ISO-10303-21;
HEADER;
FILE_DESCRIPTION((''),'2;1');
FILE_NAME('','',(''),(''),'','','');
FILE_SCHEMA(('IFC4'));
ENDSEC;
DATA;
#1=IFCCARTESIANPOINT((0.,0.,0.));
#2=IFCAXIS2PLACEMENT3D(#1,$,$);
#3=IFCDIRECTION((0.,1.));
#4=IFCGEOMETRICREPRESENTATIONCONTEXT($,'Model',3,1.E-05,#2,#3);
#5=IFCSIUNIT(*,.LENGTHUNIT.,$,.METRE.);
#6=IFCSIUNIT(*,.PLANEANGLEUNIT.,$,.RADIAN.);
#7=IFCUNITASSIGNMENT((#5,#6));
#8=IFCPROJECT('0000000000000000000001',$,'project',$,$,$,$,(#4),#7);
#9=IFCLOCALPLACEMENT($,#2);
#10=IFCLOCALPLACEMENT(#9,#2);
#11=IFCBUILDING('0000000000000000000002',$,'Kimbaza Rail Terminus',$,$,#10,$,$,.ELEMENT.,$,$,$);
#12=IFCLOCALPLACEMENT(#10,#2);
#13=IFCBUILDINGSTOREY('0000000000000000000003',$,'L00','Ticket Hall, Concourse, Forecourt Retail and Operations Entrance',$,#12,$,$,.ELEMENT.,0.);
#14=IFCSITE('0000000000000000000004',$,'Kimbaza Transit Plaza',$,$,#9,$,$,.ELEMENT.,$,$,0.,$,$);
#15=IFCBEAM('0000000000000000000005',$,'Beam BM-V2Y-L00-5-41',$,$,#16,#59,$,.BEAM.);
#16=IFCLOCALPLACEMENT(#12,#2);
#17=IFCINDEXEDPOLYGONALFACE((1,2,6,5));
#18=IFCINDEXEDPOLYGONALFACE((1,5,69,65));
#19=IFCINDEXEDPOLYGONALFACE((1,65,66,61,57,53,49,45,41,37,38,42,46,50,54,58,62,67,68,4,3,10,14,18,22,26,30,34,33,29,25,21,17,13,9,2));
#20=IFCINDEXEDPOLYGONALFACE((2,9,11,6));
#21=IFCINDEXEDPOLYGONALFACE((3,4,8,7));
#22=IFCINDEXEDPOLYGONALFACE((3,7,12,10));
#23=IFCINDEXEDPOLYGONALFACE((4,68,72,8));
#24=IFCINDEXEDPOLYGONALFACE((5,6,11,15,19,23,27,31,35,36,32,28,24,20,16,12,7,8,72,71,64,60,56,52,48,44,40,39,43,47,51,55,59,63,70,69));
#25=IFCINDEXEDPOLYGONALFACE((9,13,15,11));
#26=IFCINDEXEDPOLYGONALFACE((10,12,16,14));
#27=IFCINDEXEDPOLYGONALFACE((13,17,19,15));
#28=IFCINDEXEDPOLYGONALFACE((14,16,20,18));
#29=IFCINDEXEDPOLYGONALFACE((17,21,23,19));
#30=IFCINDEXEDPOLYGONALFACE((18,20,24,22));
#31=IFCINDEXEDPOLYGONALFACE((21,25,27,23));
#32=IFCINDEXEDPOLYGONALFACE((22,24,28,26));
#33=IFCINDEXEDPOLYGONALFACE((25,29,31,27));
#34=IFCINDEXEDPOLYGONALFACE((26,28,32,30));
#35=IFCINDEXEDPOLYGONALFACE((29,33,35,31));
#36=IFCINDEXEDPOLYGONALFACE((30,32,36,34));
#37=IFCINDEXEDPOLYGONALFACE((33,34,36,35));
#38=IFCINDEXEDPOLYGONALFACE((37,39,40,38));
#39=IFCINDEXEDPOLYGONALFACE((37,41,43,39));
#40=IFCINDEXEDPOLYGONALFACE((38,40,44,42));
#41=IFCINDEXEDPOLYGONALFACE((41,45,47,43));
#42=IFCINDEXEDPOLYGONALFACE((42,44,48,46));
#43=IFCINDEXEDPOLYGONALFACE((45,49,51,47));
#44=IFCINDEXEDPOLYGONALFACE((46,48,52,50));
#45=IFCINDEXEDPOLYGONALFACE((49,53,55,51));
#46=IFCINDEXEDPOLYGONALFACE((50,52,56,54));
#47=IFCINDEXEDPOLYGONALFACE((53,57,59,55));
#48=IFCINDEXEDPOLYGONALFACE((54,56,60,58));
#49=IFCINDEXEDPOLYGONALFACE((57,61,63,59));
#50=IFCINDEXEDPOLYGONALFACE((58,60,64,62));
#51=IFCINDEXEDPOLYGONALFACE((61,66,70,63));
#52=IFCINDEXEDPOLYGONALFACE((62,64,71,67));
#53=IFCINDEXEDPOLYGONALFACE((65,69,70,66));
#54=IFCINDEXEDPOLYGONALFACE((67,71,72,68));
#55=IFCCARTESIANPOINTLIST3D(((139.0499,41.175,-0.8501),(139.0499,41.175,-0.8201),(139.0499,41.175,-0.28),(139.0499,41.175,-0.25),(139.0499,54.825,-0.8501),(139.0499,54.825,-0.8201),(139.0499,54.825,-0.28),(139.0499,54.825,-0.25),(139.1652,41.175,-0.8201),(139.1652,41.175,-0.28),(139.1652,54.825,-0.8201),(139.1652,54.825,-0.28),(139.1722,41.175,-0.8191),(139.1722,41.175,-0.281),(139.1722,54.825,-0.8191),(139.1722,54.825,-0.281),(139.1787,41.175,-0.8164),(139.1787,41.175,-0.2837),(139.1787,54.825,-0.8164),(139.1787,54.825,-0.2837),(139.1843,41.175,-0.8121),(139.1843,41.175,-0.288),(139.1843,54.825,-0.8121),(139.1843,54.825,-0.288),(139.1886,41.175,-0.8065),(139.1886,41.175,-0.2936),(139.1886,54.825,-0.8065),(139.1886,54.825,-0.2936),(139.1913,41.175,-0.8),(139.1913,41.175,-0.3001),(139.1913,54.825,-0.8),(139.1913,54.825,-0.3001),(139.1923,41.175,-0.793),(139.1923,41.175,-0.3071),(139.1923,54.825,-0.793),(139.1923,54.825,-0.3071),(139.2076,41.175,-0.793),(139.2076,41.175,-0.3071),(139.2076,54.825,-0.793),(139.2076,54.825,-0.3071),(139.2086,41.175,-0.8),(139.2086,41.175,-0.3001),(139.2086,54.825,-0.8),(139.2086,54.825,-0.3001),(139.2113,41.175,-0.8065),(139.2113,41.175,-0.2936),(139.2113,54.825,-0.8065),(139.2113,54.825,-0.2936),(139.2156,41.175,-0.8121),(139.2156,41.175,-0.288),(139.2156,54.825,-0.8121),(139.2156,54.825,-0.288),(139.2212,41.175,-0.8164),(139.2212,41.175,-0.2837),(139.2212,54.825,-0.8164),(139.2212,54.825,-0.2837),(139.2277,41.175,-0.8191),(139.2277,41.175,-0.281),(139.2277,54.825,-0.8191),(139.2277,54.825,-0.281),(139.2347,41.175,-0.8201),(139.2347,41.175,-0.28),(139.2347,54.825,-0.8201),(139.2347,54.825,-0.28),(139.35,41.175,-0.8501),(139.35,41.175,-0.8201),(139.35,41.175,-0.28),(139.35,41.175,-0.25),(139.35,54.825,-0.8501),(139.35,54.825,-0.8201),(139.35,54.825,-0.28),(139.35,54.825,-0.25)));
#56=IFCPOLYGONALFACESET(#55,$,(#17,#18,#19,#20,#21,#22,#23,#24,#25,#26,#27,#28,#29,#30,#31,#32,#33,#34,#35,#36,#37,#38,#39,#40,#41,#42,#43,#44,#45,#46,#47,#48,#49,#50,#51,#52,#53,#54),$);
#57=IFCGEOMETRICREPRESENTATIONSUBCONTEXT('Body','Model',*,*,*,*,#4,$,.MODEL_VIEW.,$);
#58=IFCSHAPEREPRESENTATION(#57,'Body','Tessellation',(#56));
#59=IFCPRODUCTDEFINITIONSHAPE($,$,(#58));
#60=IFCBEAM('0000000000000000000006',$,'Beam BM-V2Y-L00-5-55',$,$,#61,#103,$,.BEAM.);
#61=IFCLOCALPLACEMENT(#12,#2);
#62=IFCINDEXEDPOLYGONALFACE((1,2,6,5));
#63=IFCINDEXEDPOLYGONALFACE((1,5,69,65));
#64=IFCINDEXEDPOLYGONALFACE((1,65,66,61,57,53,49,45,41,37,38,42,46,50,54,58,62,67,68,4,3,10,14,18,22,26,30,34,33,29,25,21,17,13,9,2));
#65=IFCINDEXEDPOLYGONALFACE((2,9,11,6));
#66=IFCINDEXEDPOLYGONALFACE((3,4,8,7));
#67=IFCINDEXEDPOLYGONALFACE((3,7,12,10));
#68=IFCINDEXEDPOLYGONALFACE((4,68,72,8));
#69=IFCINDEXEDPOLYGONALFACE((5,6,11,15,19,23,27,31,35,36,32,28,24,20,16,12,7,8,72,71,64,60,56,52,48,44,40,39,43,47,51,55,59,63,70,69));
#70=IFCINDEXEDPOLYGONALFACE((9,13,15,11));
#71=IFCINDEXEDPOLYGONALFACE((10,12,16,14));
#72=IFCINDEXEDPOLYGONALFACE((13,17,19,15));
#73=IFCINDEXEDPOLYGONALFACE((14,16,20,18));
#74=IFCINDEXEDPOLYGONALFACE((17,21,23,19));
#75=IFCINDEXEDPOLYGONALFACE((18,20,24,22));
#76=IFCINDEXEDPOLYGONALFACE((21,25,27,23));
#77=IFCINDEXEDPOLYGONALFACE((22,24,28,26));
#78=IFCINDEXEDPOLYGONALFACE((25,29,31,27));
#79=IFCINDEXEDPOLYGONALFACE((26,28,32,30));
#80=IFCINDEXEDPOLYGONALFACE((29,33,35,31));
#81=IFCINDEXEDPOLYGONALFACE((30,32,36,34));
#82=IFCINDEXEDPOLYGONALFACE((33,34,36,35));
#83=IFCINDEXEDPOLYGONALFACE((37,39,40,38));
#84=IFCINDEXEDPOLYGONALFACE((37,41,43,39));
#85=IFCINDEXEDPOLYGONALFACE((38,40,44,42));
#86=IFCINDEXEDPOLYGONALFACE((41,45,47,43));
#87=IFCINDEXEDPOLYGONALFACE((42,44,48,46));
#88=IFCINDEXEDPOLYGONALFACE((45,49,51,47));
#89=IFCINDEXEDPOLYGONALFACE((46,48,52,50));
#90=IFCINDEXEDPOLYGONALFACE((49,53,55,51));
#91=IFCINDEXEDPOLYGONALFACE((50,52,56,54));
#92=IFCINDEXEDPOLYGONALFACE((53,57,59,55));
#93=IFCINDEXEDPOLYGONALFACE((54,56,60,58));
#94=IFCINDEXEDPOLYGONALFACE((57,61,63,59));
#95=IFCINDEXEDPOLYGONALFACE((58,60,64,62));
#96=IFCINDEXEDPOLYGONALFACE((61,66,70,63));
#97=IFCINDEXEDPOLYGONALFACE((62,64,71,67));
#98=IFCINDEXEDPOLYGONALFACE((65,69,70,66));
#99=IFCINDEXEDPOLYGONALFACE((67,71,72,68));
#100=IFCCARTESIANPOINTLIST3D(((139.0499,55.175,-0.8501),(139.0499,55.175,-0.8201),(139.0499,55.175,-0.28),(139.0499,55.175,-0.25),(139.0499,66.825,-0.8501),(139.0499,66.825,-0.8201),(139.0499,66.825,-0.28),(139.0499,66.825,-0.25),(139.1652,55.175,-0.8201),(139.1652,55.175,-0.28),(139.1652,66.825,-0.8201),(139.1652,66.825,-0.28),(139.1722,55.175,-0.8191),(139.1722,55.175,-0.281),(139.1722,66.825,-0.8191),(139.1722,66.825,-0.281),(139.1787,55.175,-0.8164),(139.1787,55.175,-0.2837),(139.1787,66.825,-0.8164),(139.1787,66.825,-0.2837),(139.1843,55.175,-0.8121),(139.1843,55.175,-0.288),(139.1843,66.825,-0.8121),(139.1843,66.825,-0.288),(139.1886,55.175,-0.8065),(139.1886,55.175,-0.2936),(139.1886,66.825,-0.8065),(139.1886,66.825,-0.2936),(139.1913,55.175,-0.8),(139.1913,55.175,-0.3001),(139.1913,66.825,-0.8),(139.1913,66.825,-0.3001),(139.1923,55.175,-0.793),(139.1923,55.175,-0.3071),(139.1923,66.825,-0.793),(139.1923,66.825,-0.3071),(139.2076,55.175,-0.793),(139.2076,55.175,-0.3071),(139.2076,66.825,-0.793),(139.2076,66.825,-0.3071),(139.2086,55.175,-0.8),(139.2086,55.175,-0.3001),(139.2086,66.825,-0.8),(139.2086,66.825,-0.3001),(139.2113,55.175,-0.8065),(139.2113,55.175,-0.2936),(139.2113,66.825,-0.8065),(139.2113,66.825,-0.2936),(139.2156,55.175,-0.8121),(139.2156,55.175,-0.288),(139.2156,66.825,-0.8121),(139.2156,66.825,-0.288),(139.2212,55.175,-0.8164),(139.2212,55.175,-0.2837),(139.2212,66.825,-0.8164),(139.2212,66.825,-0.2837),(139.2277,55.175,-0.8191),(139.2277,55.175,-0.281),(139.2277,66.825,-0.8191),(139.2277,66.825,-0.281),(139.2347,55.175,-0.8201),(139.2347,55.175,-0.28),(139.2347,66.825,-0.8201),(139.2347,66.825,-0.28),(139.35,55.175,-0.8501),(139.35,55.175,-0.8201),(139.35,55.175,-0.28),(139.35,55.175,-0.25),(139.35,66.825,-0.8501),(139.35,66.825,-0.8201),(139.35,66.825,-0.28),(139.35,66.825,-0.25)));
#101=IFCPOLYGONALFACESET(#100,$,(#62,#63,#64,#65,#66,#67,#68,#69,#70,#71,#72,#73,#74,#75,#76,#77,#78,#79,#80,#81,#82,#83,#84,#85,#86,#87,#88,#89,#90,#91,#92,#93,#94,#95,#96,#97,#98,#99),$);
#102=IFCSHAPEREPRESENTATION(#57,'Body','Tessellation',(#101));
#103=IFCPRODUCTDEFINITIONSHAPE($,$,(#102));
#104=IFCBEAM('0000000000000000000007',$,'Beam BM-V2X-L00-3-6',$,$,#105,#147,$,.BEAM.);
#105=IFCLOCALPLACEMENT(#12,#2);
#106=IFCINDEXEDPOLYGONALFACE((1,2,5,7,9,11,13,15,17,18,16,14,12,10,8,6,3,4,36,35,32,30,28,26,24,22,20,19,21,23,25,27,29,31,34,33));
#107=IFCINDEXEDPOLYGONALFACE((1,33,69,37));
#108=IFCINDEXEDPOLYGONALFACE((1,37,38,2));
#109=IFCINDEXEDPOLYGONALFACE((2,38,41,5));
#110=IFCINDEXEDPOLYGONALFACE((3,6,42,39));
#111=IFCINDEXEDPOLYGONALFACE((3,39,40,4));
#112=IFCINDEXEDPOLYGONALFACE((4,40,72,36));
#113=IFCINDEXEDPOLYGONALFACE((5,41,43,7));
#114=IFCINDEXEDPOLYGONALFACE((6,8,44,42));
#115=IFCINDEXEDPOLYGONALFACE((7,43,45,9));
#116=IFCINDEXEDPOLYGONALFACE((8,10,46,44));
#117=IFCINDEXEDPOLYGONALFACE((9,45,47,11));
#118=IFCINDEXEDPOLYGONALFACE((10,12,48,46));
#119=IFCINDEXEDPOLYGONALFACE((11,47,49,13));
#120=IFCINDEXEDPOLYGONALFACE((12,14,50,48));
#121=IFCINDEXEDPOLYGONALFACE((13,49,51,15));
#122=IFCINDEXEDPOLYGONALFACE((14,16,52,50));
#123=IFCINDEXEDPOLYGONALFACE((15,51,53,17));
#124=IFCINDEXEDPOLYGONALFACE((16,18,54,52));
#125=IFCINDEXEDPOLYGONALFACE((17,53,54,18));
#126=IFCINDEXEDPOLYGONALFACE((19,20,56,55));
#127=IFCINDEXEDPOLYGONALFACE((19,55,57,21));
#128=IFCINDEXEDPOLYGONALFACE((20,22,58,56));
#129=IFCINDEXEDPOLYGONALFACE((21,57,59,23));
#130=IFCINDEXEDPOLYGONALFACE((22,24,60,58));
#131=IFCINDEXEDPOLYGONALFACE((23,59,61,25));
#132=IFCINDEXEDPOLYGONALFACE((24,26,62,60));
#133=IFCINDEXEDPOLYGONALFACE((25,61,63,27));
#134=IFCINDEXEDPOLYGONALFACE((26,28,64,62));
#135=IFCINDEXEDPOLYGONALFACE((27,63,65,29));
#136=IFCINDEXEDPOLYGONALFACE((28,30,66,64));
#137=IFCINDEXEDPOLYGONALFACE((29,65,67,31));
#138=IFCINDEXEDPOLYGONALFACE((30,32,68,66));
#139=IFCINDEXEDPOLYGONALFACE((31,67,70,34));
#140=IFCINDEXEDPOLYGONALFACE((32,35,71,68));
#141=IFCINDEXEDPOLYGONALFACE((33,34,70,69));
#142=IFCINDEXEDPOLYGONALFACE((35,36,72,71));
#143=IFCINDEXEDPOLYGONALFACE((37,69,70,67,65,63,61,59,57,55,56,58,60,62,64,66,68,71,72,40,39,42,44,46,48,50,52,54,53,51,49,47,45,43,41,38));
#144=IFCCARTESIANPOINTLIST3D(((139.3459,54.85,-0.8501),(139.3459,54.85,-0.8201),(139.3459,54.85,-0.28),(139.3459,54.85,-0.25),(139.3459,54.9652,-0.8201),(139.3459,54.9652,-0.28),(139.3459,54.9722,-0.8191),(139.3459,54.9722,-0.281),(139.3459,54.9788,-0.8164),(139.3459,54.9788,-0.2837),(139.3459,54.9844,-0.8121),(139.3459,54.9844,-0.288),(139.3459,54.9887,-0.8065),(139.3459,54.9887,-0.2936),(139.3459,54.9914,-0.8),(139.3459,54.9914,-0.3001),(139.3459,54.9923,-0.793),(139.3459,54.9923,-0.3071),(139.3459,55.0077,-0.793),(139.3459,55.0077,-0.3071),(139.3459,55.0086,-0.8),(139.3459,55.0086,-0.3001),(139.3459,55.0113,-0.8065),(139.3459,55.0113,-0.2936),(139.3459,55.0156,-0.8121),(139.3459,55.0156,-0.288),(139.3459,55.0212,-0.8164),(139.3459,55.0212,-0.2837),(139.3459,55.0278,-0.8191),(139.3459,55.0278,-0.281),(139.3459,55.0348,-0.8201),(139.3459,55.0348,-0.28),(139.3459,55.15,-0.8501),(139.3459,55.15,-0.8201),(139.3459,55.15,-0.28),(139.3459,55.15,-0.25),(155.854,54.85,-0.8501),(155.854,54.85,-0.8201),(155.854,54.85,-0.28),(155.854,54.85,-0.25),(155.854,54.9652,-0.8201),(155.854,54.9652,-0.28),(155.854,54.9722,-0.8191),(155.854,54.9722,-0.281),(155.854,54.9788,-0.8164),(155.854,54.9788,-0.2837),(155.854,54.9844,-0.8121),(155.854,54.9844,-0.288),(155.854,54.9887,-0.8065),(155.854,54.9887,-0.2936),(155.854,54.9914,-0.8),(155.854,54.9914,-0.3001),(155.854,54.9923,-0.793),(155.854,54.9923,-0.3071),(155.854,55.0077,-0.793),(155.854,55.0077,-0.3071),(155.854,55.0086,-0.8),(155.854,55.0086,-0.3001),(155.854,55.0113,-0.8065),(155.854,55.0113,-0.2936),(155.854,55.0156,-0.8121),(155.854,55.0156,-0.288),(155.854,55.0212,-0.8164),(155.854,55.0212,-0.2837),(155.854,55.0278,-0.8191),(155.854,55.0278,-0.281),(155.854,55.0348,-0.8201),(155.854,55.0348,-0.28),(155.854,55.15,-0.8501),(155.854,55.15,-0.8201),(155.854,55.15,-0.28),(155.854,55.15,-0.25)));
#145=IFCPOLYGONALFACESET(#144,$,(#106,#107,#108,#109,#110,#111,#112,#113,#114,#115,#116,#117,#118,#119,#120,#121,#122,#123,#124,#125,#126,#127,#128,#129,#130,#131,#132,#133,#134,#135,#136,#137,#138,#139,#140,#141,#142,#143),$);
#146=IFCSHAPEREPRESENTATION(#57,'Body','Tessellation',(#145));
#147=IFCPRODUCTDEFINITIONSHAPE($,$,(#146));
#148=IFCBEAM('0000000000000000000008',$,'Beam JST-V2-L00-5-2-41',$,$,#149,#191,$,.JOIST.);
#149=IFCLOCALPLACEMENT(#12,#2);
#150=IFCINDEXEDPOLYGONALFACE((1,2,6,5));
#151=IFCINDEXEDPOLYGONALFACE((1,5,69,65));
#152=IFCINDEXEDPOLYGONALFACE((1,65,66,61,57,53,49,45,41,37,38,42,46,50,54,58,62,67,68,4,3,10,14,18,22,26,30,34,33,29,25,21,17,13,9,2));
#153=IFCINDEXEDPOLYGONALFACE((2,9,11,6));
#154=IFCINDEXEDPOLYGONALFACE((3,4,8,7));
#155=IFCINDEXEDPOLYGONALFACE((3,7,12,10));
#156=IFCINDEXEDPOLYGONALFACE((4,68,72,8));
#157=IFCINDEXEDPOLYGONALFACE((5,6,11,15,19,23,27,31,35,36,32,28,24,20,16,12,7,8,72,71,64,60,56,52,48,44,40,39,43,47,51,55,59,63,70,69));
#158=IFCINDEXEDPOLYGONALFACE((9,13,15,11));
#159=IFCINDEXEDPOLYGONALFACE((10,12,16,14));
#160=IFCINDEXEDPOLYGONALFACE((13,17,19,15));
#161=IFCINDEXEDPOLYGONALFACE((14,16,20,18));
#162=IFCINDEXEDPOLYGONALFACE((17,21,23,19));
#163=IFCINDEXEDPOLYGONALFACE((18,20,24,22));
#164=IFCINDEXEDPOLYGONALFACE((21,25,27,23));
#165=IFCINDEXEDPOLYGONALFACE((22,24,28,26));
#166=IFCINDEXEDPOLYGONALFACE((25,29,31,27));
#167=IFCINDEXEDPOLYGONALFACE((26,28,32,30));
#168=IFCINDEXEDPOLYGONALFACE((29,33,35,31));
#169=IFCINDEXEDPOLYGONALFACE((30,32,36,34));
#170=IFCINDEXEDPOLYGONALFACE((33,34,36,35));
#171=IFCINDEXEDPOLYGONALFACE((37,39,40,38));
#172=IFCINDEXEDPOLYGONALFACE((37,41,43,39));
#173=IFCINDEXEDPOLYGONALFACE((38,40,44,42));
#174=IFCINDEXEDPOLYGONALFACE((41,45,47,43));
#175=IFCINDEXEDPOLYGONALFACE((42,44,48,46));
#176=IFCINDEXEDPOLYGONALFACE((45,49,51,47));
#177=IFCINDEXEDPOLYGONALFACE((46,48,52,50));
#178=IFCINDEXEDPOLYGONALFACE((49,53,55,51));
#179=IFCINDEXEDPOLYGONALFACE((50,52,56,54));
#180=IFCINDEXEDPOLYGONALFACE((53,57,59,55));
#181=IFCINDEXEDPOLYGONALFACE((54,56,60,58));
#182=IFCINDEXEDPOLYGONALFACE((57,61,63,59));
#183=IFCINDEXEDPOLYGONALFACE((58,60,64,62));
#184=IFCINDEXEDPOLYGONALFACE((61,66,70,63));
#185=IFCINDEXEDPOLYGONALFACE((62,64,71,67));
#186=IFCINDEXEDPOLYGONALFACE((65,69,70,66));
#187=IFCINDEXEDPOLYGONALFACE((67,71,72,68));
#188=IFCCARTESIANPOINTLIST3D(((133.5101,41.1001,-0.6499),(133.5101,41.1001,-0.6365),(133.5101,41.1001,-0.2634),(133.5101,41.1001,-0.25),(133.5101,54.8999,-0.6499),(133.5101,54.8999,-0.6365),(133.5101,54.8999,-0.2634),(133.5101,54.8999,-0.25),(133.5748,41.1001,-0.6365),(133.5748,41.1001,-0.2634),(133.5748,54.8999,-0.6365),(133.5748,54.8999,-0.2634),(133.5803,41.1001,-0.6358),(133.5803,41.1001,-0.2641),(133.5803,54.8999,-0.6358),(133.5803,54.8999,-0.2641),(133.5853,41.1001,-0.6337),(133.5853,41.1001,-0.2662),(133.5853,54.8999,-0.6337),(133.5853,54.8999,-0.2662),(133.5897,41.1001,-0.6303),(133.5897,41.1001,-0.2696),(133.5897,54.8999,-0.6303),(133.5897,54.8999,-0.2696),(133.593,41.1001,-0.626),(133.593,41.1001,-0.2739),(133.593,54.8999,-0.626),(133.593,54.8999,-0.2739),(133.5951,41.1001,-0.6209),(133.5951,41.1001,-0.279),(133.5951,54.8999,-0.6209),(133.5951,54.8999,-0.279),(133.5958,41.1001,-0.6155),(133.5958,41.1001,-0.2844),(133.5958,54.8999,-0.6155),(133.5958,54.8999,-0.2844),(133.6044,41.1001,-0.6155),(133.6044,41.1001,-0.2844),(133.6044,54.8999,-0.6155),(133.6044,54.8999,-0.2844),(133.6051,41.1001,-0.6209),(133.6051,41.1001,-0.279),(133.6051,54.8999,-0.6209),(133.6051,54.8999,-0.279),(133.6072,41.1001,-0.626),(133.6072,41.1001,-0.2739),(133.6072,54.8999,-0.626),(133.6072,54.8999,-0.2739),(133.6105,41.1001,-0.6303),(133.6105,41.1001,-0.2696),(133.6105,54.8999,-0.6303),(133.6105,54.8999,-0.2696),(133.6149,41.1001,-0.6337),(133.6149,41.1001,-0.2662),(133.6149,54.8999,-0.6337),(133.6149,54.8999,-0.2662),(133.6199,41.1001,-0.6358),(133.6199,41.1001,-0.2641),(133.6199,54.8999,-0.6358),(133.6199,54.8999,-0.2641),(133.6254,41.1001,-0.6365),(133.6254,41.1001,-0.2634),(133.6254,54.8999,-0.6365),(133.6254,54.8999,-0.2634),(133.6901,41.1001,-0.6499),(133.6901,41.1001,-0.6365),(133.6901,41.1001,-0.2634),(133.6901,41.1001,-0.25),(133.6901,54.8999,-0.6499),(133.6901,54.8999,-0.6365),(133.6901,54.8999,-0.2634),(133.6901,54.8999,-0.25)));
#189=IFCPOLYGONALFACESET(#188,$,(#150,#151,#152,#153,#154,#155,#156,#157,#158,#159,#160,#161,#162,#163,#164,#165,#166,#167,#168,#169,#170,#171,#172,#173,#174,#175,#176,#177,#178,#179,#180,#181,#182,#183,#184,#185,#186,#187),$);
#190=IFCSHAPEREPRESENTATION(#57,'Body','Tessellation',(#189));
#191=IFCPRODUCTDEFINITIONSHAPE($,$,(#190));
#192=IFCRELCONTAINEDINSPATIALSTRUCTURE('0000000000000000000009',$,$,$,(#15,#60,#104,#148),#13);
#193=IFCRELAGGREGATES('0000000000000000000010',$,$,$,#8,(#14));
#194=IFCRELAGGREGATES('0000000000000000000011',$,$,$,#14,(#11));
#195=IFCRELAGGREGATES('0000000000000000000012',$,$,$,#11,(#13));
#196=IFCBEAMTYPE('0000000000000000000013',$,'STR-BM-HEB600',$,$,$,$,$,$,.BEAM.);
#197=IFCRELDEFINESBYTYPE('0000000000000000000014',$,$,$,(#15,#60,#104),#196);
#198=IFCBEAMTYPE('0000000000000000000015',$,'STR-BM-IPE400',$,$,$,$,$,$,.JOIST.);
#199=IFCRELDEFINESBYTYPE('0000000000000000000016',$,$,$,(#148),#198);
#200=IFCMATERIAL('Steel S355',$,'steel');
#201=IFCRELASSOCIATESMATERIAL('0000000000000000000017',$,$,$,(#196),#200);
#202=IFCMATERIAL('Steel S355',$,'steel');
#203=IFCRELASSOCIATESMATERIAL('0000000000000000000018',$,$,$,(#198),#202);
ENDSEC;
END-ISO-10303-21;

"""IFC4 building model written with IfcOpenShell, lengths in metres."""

from ifc_helpers import new_model, si_unit, direction, frame, origin, origin_2d, place, context, subcontext, project, spatial, i_section, extrude, material, material_profile, profile_set, type_object, element, save


model = new_model("IFC4")

# Units and contexts
model_context = context("Model", 3, precision=1e-05, world=origin(), true_north=direction((0.0, 1.0)))
body_context = subcontext(model_context, "Body", "Model", "MODEL_VIEW")
ifc_project = project(units=[si_unit("LENGTHUNIT", "METRE"), si_unit("PLANEANGLEUNIT", "RADIAN")], contexts=[model_context])

# Site, building, storey
site_placement = place(None, origin())
site = spatial("IfcSite", under=ifc_project, at=site_placement, Name="Kimbaza Transit Plaza", CompositionType="ELEMENT", RefElevation=0.0)
building_placement = place(site_placement, origin())
building = spatial("IfcBuilding", under=site, at=building_placement, Name="Kimbaza Rail Terminus", CompositionType="ELEMENT")
storey_placement = place(building_placement, origin())
storey = spatial("IfcBuildingStorey", under=building, at=storey_placement, Name="L00", Description="Ticket Hall, Concourse, Forecourt Retail and Operations Entrance", CompositionType="ELEMENT", Elevation=0.0)

# Beams
ifc_material_1 = material(Name="Steel S355", Category="steel")
ifc_material_profile_1 = material_profile(ifc_material_1, i_section(OverallWidth=0.3, OverallDepth=0.6001, WebThickness=0.0154, FlangeThickness=0.03, FilletRadius=0.0271, at=origin_2d()), Name="HEB 600")
ifc_profile_set_1 = profile_set([ifc_material_profile_1], Name="Steel S355")
beam_type_1 = type_object("IfcBeamType", Name="STR-BM-HEB600", PredefinedType="BEAM", material=ifc_profile_set_1)
beam_1_placement = place(storey_placement, frame((139.2, 41.175, -0.55), z_axis=(0.0, 1.0, 0.0), x_axis=(-1.0, 0.0, 0.0)))
element("IfcBeam", 1, at=beam_1_placement, inside=storey, type_object=beam_type_1, Name="Beam BM-V2Y-L00-5-41", PredefinedType="BEAM", context=body_context, shape_type="SweptSolid", body=[
    extrude(i_section(OverallWidth=0.3, OverallDepth=0.6001, WebThickness=0.0154, FlangeThickness=0.03, FilletRadius=0.0271, at=origin_2d()), origin(), (0.0, 0.0, 1.0), 13.6499),
])
beam_2_placement = place(storey_placement, frame((139.2, 55.175, -0.55), z_axis=(0.0, 1.0, 0.0), x_axis=(-1.0, 0.0, 0.0)))
element("IfcBeam", 2, at=beam_2_placement, inside=storey, type_object=beam_type_1, Name="Beam BM-V2Y-L00-5-55", PredefinedType="BEAM", context=body_context, shape_type="SweptSolid", body=[
    extrude(i_section(OverallWidth=0.3, OverallDepth=0.6001, WebThickness=0.0154, FlangeThickness=0.03, FilletRadius=0.0271, at=origin_2d()), origin(), (0.0, 0.0, 1.0), 11.6499),
])
beam_3_placement = place(storey_placement, frame((139.3459, 55.0, -0.55), z_axis=(1.0, 0.0, 0.0), x_axis=(0.0, 1.0, 0.0)))
element("IfcBeam", 3, at=beam_3_placement, inside=storey, type_object=beam_type_1, Name="Beam BM-V2X-L00-3-6", PredefinedType="BEAM", context=body_context, shape_type="SweptSolid", body=[
    extrude(i_section(OverallWidth=0.3, OverallDepth=0.6001, WebThickness=0.0154, FlangeThickness=0.03, FilletRadius=0.0271, at=origin_2d()), origin(), (0.0, 0.0, 1.0), 16.5081),
])
ifc_material_2 = material(Name="Steel S355", Category="steel")
ifc_material_profile_2 = material_profile(ifc_material_2, i_section(OverallWidth=0.1799, OverallDepth=0.3999, WebThickness=0.0085, FlangeThickness=0.0134, FilletRadius=0.021, at=origin_2d()), Name="IPE 400")
ifc_profile_set_2 = profile_set([ifc_material_profile_2], Name="Steel S355")
beam_type_2 = type_object("IfcBeamType", Name="STR-BM-IPE400", PredefinedType="JOIST", material=ifc_profile_set_2)
beam_4_placement = place(storey_placement, frame((133.6001, 41.1001, -0.45), z_axis=(0.0, 1.0, 0.0), x_axis=(-1.0, 0.0, 0.0)))
element("IfcBeam", 4, at=beam_4_placement, inside=storey, type_object=beam_type_2, Name="Beam JST-V2-L00-5-2-41", PredefinedType="JOIST", context=body_context, shape_type="SweptSolid", body=[
    extrude(i_section(OverallWidth=0.1799, OverallDepth=0.3999, WebThickness=0.0085, FlangeThickness=0.0134, FilletRadius=0.021, at=origin_2d()), origin(), (0.0, 0.0, 1.0), 13.7998),
])

save(model, "model.ifc")
